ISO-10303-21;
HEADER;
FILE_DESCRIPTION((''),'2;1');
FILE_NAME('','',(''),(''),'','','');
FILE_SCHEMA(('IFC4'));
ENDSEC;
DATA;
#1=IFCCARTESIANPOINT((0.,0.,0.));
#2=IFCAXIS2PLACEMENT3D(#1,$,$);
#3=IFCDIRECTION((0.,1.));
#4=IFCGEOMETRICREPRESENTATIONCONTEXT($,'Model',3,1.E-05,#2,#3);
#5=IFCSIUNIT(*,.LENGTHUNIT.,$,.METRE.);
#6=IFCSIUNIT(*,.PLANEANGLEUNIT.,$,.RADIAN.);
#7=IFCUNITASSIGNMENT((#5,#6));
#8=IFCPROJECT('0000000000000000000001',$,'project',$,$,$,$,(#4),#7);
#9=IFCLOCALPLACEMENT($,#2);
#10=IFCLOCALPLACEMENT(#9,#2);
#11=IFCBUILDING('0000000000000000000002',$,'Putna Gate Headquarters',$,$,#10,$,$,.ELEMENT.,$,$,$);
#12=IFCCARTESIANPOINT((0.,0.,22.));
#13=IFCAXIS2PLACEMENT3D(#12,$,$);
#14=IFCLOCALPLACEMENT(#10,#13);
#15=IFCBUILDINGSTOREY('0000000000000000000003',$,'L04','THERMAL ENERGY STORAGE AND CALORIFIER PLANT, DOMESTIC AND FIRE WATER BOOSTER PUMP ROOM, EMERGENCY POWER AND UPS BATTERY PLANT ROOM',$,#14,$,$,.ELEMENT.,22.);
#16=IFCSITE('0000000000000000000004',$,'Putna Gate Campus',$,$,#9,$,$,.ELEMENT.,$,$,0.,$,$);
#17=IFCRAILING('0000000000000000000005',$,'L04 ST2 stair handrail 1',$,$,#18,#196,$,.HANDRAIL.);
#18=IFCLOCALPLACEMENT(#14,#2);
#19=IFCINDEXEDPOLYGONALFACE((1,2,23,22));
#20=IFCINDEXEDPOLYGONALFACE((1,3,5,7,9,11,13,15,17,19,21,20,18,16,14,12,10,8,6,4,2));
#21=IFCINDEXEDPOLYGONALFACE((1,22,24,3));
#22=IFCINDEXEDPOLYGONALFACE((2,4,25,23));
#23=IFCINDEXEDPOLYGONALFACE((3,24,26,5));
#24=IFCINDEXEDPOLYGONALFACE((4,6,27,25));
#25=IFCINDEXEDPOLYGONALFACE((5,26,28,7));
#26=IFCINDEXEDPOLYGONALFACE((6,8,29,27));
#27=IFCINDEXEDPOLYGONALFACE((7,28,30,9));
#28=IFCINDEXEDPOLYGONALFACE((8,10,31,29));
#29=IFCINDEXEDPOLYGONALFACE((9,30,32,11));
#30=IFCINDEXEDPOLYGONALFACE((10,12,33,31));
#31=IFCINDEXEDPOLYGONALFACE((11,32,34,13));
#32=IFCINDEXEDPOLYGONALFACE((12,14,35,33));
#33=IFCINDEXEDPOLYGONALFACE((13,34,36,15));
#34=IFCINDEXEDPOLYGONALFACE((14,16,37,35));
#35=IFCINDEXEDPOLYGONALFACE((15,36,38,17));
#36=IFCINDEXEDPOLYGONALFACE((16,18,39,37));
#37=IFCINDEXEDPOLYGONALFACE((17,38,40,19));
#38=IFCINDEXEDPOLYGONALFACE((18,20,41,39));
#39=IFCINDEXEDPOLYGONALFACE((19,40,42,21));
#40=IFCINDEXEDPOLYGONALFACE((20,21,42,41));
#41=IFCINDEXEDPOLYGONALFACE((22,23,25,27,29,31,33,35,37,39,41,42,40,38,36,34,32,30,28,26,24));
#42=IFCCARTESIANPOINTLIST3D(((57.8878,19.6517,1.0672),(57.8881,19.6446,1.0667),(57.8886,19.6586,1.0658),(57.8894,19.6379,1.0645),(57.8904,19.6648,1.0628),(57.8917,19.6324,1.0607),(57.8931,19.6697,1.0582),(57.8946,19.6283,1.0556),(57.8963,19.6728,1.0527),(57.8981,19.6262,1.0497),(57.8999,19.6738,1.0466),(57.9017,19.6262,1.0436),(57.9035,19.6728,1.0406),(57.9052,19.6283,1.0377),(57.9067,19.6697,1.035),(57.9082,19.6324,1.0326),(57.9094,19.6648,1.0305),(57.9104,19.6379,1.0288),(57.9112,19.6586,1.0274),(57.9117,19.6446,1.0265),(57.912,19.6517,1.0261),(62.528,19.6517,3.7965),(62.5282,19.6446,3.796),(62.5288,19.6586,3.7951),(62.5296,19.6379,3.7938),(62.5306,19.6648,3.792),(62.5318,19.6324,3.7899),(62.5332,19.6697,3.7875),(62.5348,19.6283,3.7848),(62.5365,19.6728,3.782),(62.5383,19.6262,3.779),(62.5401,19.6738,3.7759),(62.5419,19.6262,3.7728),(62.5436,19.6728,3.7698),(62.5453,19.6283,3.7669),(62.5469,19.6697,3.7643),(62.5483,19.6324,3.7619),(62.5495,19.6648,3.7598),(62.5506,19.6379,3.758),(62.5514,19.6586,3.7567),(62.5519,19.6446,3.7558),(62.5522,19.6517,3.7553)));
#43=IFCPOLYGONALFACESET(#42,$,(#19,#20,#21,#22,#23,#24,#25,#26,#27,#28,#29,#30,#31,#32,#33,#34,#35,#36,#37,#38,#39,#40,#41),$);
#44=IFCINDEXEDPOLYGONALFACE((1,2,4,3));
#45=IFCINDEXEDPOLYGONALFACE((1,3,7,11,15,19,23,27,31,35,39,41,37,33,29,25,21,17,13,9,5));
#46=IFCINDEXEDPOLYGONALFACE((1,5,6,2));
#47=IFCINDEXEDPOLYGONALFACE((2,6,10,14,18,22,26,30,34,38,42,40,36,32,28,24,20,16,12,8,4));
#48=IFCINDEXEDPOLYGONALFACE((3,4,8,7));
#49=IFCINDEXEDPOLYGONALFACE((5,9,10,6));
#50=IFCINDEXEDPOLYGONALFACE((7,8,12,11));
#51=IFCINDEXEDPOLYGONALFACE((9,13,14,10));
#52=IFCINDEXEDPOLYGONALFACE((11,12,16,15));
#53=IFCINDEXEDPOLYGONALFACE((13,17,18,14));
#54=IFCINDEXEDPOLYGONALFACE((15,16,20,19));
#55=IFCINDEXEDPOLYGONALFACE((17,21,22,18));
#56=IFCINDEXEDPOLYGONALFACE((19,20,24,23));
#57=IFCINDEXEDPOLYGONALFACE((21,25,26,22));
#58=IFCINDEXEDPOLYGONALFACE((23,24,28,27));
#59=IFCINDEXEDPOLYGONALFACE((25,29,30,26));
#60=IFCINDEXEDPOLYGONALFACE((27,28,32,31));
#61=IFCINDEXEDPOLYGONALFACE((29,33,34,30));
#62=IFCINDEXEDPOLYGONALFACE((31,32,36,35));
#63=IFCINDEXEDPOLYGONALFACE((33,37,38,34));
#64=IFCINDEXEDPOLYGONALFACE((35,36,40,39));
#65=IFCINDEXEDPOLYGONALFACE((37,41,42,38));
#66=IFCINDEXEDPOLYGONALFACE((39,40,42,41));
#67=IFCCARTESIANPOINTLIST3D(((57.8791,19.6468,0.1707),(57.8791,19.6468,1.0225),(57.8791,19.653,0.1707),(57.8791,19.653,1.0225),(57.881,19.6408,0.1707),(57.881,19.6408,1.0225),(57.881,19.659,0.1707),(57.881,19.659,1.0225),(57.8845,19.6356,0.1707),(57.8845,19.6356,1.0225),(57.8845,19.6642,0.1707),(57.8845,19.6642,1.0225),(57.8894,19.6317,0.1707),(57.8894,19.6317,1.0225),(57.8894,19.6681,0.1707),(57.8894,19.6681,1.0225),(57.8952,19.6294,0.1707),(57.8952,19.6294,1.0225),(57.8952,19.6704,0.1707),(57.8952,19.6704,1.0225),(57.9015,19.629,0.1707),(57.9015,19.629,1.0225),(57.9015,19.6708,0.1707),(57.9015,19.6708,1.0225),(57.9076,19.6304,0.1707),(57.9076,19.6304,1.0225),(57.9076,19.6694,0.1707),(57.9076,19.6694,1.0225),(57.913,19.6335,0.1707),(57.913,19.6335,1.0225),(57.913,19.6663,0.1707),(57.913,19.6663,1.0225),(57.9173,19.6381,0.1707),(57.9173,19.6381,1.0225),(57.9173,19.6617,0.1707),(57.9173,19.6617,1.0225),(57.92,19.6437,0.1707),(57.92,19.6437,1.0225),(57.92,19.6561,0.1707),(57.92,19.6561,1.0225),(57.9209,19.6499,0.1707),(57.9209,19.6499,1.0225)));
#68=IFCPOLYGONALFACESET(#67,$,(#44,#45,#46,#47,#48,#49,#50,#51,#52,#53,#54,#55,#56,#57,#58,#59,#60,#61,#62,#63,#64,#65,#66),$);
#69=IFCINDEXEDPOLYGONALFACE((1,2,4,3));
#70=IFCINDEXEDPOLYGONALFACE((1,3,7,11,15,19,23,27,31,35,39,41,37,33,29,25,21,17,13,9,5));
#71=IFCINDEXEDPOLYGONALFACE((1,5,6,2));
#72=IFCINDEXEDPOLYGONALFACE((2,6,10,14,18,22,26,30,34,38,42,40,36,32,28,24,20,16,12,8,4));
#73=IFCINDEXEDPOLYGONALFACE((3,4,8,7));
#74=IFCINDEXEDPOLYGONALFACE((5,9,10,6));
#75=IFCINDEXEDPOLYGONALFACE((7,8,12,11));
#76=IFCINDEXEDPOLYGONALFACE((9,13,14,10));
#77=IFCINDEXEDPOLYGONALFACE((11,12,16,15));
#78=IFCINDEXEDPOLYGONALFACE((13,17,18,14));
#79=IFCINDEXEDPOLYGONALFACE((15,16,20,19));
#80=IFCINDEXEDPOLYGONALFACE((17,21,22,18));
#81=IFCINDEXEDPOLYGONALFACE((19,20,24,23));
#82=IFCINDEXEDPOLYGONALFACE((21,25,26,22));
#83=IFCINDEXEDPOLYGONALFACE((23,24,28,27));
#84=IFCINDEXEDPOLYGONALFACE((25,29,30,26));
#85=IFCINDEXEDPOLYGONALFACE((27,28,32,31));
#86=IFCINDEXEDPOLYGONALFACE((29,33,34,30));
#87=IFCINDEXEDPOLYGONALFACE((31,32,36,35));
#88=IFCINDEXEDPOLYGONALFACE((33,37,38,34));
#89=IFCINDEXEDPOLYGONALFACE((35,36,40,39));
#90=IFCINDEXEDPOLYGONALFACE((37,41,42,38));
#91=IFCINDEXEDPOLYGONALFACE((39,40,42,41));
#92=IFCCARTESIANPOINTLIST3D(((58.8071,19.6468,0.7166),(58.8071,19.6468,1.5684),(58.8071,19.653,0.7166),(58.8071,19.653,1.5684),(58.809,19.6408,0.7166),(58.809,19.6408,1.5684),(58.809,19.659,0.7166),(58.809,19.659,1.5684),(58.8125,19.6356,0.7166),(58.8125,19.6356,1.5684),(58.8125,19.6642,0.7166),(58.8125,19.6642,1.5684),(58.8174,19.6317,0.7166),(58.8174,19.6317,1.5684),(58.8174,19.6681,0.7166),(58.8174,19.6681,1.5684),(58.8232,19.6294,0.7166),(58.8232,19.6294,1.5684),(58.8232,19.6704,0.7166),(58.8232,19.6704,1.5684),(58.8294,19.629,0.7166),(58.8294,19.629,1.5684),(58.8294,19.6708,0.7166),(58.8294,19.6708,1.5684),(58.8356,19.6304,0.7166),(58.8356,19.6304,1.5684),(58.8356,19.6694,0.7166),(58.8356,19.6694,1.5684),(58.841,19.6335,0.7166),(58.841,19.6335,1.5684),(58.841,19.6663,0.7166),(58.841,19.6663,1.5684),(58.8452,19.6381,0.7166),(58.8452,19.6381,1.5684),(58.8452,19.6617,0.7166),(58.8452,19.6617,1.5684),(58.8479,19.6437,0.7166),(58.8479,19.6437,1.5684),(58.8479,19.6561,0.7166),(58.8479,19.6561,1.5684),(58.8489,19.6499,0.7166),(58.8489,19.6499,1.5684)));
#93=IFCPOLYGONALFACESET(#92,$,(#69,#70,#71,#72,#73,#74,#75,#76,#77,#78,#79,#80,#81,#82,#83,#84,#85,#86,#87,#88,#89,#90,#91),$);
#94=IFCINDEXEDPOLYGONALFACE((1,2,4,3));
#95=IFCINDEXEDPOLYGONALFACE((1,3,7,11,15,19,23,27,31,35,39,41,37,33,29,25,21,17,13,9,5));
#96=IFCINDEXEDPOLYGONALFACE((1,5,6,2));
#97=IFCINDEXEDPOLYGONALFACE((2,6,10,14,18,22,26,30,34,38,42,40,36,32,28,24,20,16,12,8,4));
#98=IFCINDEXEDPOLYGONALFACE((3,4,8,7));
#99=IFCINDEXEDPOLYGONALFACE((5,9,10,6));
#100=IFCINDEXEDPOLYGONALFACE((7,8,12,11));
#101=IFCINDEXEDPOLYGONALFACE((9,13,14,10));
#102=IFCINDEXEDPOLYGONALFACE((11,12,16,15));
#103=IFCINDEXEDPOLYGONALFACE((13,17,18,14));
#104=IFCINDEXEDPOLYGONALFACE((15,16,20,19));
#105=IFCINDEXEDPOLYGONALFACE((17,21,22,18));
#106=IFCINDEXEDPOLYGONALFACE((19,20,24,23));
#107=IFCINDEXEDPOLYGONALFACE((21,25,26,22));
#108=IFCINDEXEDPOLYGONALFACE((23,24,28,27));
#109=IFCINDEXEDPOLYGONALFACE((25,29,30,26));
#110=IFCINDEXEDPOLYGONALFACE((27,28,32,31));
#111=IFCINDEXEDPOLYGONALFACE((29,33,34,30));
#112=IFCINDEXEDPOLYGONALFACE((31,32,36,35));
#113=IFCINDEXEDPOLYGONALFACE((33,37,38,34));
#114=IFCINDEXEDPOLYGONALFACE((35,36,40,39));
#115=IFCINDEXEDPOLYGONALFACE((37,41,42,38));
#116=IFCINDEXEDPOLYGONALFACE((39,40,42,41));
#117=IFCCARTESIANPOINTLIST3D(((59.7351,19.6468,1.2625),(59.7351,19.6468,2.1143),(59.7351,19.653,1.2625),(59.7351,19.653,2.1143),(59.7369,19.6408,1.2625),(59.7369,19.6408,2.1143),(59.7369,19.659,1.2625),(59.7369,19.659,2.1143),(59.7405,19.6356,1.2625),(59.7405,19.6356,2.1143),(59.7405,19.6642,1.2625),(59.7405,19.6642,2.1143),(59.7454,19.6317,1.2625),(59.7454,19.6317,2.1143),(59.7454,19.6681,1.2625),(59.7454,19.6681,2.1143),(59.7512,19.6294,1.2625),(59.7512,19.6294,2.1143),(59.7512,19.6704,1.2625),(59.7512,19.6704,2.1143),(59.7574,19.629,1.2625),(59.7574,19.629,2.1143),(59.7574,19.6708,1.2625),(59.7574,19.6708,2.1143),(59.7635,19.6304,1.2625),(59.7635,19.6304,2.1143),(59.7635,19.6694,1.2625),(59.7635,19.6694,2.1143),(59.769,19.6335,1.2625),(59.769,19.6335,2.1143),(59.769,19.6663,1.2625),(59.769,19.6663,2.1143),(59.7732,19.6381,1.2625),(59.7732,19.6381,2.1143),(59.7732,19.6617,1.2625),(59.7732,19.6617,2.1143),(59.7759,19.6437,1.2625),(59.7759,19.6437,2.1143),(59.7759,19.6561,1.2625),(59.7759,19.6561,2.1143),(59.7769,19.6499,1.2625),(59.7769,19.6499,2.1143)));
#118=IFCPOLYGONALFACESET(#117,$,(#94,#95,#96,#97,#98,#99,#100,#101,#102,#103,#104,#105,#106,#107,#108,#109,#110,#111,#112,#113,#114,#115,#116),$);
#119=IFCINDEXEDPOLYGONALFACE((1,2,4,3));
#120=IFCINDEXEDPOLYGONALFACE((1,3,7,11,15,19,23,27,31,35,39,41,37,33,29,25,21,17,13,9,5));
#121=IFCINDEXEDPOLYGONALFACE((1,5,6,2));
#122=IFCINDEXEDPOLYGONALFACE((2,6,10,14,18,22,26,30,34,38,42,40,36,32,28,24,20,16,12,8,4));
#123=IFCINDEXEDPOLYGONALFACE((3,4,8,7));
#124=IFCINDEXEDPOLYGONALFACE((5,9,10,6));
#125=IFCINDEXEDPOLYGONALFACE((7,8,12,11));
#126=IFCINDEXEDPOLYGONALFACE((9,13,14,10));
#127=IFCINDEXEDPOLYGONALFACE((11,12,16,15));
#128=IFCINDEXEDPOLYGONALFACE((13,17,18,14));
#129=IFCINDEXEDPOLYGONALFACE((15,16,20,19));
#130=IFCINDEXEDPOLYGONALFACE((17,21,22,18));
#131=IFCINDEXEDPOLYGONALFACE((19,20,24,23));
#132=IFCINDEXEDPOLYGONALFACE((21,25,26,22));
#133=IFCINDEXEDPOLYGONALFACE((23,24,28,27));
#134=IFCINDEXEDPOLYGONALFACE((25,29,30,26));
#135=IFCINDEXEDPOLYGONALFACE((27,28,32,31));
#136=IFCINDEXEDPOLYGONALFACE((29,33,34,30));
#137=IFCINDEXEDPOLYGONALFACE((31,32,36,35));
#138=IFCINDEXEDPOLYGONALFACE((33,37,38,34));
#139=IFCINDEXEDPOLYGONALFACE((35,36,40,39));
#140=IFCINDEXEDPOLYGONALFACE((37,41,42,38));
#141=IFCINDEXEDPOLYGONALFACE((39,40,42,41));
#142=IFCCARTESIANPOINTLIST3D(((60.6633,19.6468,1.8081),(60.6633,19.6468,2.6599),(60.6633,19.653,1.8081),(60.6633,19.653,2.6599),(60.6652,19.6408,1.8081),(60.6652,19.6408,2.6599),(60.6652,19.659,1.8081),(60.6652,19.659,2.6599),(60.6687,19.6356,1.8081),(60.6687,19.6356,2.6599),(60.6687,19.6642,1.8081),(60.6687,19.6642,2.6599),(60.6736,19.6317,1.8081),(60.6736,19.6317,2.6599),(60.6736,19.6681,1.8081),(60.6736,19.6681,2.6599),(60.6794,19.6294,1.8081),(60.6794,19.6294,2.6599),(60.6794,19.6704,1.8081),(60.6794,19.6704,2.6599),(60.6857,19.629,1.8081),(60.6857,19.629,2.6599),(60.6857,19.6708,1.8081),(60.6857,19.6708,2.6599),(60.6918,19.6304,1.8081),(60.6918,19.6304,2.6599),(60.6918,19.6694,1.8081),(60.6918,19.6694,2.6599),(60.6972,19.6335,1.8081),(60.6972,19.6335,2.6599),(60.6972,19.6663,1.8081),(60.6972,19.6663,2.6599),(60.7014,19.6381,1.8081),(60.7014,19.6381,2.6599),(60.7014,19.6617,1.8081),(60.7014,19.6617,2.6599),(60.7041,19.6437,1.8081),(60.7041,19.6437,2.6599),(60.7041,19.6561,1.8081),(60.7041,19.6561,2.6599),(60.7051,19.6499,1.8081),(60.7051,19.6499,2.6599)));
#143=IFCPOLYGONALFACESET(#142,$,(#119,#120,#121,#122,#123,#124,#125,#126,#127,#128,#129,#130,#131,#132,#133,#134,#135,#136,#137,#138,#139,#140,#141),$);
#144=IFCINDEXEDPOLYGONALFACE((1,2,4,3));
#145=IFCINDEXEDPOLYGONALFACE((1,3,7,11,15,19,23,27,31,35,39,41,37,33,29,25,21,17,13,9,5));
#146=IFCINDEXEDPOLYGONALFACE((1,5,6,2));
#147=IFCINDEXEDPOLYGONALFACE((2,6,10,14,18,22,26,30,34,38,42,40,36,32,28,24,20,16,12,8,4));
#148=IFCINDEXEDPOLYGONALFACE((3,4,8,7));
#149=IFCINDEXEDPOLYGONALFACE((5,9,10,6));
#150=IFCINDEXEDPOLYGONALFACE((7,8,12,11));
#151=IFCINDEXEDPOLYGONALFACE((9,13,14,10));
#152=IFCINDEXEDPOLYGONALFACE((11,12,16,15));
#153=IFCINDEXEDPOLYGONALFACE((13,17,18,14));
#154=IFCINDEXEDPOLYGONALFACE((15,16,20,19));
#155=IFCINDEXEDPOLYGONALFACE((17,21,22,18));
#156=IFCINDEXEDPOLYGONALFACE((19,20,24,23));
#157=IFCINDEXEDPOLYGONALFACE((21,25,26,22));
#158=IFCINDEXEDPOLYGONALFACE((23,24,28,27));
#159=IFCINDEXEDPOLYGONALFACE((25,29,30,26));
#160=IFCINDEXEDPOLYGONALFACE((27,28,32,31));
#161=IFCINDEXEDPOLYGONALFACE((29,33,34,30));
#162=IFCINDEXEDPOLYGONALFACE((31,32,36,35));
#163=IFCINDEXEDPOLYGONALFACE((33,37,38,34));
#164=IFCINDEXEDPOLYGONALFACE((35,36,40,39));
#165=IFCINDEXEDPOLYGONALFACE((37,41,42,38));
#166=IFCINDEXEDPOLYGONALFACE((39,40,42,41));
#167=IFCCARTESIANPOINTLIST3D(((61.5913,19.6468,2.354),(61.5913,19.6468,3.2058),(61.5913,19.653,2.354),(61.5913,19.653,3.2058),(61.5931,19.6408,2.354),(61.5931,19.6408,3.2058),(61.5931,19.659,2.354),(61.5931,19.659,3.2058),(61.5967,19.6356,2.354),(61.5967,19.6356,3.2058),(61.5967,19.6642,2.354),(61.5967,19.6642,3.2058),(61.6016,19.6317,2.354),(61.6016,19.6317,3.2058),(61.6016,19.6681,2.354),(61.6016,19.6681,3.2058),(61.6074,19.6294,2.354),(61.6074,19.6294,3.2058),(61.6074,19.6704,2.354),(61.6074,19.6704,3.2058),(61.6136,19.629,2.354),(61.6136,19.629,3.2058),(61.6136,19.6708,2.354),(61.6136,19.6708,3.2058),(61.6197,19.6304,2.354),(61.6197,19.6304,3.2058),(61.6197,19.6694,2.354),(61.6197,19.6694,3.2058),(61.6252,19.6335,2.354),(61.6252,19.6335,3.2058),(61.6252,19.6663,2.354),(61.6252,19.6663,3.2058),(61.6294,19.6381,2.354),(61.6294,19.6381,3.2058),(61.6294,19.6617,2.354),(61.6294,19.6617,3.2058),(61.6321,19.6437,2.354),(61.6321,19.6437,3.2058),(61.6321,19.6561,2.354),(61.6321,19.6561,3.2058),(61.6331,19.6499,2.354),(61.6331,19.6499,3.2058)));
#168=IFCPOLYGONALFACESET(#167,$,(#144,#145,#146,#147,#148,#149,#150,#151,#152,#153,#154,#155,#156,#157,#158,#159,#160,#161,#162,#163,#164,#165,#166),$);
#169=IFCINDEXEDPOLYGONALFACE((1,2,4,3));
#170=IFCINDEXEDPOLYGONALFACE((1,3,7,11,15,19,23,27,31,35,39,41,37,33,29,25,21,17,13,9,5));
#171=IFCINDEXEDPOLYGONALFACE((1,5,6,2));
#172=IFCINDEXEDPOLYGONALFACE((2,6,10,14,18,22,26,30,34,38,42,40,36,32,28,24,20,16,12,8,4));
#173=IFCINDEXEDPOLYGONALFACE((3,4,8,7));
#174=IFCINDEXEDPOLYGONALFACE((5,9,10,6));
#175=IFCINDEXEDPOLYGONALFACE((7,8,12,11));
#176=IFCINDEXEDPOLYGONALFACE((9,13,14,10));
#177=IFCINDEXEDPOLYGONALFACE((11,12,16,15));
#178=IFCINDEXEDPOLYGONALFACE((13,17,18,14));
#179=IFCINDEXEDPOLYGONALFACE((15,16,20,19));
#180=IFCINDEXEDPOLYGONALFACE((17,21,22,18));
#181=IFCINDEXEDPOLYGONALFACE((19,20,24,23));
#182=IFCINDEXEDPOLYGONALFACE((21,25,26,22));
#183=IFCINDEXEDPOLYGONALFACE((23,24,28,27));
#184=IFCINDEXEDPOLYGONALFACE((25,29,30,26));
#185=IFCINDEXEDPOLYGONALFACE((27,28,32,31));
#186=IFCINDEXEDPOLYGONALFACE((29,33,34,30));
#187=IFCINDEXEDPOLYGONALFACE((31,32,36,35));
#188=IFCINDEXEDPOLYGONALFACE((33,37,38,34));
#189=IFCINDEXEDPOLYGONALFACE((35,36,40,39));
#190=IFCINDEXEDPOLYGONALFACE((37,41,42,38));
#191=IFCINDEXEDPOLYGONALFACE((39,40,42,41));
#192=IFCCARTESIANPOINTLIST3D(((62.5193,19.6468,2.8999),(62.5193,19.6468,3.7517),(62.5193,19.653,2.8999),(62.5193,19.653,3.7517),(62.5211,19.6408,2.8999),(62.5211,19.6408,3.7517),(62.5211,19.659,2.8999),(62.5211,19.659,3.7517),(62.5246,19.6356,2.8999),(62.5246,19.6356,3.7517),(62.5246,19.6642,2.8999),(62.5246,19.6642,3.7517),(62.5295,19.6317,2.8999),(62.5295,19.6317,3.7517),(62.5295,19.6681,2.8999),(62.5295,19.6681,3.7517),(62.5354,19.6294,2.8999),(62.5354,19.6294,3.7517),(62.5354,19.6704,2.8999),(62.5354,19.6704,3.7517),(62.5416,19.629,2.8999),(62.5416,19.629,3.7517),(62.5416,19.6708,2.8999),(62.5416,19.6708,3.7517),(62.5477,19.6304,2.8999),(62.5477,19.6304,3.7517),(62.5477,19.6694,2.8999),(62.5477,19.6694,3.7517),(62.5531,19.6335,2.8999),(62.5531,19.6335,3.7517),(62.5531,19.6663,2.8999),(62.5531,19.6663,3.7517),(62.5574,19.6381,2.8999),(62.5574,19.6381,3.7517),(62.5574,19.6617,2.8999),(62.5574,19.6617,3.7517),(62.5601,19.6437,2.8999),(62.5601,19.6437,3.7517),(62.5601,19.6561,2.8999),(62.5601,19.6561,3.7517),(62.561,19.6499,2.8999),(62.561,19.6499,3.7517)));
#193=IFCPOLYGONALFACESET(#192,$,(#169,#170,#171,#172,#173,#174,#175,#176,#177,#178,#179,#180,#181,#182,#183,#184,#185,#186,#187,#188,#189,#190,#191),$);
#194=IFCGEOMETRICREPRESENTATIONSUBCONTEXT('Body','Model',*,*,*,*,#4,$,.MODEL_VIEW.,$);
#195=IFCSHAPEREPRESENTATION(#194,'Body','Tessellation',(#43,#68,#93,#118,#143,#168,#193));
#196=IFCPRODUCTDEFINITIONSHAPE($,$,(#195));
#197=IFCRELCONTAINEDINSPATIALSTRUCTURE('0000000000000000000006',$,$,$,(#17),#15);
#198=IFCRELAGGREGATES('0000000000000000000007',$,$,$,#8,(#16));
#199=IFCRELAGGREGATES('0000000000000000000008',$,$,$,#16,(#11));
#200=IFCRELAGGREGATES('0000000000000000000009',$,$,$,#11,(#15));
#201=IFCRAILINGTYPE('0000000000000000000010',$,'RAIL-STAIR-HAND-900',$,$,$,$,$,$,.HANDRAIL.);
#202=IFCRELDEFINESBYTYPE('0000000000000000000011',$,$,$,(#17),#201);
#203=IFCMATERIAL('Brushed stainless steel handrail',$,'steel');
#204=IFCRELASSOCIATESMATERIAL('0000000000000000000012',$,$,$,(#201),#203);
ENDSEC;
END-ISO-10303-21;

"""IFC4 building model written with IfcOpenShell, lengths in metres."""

from ifc_helpers import new_model, si_unit, direction, frame, origin, origin_2d, place, context, subcontext, project, spatial, circle, extrude, material, type_object, element, save


model = new_model("IFC4")

# Units and contexts
model_context = context("Model", 3, precision=1e-05, world=origin(), true_north=direction((0.0, 1.0)))
body_context = subcontext(model_context, "Body", "Model", "MODEL_VIEW")
ifc_project = project(units=[si_unit("LENGTHUNIT", "METRE"), si_unit("PLANEANGLEUNIT", "RADIAN")], contexts=[model_context])

# Site, building, storey
site_placement = place(None, origin())
site = spatial("IfcSite", under=ifc_project, at=site_placement, Name="Putna Gate Campus", CompositionType="ELEMENT", RefElevation=0.0)
building_placement = place(site_placement, origin())
building = spatial("IfcBuilding", under=site, at=building_placement, Name="Putna Gate Headquarters", CompositionType="ELEMENT")
storey_placement = place(building_placement, frame((0.0, 0.0, 22.0)))
storey = spatial("IfcBuildingStorey", under=building, at=storey_placement, Name="L04", Description="THERMAL ENERGY STORAGE AND CALORIFIER PLANT, DOMESTIC AND FIRE WATER BOOSTER PUMP ROOM, EMERGENCY POWER AND UPS BATTERY PLANT ROOM", CompositionType="ELEMENT", Elevation=22.0)

# Railing
ifc_material_1 = material(Name="Brushed stainless steel handrail", Category="steel")
railing_type_1 = type_object("IfcRailingType", Name="RAIL-STAIR-HAND-900", PredefinedType="HANDRAIL", material=ifc_material_1)
railing_1_placement = place(storey_placement, frame((57.8999, 19.6499, 0.1707)))
element("IfcRailing", 1, at=railing_1_placement, inside=storey, type_object=railing_type_1, Name="L04 ST2 stair handrail 1", PredefinedType="HANDRAIL", context=body_context, shape_type="SweptSolid", body=[
    extrude(circle(Radius=0.0239, at=origin_2d()), frame((0.0, 0.0, 0.876), z_axis=(0.861954, 0.0, 0.506986), x_axis=(0.0, 1.0, 0.0)), (0.0, 0.0, 1.0), 5.3833),
    extrude(circle(Radius=0.021, at=origin_2d()), origin(), (0.0, 0.0, 1.0), 0.8518),
    extrude(circle(Radius=0.021, at=origin_2d()), frame((0.928, 0.0, 0.5459)), (0.0, 0.0, 1.0), 0.8518),
    extrude(circle(Radius=0.021, at=origin_2d()), frame((1.856, 0.0, 1.0918)), (0.0, 0.0, 1.0), 0.8518),
    extrude(circle(Radius=0.021, at=origin_2d()), frame((2.7842, 0.0, 1.6375)), (0.0, 0.0, 1.0), 0.8518),
    extrude(circle(Radius=0.021, at=origin_2d()), frame((3.7122, 0.0, 2.1833)), (0.0, 0.0, 1.0), 0.8518),
    extrude(circle(Radius=0.021, at=origin_2d()), frame((4.6401, 0.0, 2.7292)), (0.0, 0.0, 1.0), 0.8518),
])

save(model, "model.ifc")
